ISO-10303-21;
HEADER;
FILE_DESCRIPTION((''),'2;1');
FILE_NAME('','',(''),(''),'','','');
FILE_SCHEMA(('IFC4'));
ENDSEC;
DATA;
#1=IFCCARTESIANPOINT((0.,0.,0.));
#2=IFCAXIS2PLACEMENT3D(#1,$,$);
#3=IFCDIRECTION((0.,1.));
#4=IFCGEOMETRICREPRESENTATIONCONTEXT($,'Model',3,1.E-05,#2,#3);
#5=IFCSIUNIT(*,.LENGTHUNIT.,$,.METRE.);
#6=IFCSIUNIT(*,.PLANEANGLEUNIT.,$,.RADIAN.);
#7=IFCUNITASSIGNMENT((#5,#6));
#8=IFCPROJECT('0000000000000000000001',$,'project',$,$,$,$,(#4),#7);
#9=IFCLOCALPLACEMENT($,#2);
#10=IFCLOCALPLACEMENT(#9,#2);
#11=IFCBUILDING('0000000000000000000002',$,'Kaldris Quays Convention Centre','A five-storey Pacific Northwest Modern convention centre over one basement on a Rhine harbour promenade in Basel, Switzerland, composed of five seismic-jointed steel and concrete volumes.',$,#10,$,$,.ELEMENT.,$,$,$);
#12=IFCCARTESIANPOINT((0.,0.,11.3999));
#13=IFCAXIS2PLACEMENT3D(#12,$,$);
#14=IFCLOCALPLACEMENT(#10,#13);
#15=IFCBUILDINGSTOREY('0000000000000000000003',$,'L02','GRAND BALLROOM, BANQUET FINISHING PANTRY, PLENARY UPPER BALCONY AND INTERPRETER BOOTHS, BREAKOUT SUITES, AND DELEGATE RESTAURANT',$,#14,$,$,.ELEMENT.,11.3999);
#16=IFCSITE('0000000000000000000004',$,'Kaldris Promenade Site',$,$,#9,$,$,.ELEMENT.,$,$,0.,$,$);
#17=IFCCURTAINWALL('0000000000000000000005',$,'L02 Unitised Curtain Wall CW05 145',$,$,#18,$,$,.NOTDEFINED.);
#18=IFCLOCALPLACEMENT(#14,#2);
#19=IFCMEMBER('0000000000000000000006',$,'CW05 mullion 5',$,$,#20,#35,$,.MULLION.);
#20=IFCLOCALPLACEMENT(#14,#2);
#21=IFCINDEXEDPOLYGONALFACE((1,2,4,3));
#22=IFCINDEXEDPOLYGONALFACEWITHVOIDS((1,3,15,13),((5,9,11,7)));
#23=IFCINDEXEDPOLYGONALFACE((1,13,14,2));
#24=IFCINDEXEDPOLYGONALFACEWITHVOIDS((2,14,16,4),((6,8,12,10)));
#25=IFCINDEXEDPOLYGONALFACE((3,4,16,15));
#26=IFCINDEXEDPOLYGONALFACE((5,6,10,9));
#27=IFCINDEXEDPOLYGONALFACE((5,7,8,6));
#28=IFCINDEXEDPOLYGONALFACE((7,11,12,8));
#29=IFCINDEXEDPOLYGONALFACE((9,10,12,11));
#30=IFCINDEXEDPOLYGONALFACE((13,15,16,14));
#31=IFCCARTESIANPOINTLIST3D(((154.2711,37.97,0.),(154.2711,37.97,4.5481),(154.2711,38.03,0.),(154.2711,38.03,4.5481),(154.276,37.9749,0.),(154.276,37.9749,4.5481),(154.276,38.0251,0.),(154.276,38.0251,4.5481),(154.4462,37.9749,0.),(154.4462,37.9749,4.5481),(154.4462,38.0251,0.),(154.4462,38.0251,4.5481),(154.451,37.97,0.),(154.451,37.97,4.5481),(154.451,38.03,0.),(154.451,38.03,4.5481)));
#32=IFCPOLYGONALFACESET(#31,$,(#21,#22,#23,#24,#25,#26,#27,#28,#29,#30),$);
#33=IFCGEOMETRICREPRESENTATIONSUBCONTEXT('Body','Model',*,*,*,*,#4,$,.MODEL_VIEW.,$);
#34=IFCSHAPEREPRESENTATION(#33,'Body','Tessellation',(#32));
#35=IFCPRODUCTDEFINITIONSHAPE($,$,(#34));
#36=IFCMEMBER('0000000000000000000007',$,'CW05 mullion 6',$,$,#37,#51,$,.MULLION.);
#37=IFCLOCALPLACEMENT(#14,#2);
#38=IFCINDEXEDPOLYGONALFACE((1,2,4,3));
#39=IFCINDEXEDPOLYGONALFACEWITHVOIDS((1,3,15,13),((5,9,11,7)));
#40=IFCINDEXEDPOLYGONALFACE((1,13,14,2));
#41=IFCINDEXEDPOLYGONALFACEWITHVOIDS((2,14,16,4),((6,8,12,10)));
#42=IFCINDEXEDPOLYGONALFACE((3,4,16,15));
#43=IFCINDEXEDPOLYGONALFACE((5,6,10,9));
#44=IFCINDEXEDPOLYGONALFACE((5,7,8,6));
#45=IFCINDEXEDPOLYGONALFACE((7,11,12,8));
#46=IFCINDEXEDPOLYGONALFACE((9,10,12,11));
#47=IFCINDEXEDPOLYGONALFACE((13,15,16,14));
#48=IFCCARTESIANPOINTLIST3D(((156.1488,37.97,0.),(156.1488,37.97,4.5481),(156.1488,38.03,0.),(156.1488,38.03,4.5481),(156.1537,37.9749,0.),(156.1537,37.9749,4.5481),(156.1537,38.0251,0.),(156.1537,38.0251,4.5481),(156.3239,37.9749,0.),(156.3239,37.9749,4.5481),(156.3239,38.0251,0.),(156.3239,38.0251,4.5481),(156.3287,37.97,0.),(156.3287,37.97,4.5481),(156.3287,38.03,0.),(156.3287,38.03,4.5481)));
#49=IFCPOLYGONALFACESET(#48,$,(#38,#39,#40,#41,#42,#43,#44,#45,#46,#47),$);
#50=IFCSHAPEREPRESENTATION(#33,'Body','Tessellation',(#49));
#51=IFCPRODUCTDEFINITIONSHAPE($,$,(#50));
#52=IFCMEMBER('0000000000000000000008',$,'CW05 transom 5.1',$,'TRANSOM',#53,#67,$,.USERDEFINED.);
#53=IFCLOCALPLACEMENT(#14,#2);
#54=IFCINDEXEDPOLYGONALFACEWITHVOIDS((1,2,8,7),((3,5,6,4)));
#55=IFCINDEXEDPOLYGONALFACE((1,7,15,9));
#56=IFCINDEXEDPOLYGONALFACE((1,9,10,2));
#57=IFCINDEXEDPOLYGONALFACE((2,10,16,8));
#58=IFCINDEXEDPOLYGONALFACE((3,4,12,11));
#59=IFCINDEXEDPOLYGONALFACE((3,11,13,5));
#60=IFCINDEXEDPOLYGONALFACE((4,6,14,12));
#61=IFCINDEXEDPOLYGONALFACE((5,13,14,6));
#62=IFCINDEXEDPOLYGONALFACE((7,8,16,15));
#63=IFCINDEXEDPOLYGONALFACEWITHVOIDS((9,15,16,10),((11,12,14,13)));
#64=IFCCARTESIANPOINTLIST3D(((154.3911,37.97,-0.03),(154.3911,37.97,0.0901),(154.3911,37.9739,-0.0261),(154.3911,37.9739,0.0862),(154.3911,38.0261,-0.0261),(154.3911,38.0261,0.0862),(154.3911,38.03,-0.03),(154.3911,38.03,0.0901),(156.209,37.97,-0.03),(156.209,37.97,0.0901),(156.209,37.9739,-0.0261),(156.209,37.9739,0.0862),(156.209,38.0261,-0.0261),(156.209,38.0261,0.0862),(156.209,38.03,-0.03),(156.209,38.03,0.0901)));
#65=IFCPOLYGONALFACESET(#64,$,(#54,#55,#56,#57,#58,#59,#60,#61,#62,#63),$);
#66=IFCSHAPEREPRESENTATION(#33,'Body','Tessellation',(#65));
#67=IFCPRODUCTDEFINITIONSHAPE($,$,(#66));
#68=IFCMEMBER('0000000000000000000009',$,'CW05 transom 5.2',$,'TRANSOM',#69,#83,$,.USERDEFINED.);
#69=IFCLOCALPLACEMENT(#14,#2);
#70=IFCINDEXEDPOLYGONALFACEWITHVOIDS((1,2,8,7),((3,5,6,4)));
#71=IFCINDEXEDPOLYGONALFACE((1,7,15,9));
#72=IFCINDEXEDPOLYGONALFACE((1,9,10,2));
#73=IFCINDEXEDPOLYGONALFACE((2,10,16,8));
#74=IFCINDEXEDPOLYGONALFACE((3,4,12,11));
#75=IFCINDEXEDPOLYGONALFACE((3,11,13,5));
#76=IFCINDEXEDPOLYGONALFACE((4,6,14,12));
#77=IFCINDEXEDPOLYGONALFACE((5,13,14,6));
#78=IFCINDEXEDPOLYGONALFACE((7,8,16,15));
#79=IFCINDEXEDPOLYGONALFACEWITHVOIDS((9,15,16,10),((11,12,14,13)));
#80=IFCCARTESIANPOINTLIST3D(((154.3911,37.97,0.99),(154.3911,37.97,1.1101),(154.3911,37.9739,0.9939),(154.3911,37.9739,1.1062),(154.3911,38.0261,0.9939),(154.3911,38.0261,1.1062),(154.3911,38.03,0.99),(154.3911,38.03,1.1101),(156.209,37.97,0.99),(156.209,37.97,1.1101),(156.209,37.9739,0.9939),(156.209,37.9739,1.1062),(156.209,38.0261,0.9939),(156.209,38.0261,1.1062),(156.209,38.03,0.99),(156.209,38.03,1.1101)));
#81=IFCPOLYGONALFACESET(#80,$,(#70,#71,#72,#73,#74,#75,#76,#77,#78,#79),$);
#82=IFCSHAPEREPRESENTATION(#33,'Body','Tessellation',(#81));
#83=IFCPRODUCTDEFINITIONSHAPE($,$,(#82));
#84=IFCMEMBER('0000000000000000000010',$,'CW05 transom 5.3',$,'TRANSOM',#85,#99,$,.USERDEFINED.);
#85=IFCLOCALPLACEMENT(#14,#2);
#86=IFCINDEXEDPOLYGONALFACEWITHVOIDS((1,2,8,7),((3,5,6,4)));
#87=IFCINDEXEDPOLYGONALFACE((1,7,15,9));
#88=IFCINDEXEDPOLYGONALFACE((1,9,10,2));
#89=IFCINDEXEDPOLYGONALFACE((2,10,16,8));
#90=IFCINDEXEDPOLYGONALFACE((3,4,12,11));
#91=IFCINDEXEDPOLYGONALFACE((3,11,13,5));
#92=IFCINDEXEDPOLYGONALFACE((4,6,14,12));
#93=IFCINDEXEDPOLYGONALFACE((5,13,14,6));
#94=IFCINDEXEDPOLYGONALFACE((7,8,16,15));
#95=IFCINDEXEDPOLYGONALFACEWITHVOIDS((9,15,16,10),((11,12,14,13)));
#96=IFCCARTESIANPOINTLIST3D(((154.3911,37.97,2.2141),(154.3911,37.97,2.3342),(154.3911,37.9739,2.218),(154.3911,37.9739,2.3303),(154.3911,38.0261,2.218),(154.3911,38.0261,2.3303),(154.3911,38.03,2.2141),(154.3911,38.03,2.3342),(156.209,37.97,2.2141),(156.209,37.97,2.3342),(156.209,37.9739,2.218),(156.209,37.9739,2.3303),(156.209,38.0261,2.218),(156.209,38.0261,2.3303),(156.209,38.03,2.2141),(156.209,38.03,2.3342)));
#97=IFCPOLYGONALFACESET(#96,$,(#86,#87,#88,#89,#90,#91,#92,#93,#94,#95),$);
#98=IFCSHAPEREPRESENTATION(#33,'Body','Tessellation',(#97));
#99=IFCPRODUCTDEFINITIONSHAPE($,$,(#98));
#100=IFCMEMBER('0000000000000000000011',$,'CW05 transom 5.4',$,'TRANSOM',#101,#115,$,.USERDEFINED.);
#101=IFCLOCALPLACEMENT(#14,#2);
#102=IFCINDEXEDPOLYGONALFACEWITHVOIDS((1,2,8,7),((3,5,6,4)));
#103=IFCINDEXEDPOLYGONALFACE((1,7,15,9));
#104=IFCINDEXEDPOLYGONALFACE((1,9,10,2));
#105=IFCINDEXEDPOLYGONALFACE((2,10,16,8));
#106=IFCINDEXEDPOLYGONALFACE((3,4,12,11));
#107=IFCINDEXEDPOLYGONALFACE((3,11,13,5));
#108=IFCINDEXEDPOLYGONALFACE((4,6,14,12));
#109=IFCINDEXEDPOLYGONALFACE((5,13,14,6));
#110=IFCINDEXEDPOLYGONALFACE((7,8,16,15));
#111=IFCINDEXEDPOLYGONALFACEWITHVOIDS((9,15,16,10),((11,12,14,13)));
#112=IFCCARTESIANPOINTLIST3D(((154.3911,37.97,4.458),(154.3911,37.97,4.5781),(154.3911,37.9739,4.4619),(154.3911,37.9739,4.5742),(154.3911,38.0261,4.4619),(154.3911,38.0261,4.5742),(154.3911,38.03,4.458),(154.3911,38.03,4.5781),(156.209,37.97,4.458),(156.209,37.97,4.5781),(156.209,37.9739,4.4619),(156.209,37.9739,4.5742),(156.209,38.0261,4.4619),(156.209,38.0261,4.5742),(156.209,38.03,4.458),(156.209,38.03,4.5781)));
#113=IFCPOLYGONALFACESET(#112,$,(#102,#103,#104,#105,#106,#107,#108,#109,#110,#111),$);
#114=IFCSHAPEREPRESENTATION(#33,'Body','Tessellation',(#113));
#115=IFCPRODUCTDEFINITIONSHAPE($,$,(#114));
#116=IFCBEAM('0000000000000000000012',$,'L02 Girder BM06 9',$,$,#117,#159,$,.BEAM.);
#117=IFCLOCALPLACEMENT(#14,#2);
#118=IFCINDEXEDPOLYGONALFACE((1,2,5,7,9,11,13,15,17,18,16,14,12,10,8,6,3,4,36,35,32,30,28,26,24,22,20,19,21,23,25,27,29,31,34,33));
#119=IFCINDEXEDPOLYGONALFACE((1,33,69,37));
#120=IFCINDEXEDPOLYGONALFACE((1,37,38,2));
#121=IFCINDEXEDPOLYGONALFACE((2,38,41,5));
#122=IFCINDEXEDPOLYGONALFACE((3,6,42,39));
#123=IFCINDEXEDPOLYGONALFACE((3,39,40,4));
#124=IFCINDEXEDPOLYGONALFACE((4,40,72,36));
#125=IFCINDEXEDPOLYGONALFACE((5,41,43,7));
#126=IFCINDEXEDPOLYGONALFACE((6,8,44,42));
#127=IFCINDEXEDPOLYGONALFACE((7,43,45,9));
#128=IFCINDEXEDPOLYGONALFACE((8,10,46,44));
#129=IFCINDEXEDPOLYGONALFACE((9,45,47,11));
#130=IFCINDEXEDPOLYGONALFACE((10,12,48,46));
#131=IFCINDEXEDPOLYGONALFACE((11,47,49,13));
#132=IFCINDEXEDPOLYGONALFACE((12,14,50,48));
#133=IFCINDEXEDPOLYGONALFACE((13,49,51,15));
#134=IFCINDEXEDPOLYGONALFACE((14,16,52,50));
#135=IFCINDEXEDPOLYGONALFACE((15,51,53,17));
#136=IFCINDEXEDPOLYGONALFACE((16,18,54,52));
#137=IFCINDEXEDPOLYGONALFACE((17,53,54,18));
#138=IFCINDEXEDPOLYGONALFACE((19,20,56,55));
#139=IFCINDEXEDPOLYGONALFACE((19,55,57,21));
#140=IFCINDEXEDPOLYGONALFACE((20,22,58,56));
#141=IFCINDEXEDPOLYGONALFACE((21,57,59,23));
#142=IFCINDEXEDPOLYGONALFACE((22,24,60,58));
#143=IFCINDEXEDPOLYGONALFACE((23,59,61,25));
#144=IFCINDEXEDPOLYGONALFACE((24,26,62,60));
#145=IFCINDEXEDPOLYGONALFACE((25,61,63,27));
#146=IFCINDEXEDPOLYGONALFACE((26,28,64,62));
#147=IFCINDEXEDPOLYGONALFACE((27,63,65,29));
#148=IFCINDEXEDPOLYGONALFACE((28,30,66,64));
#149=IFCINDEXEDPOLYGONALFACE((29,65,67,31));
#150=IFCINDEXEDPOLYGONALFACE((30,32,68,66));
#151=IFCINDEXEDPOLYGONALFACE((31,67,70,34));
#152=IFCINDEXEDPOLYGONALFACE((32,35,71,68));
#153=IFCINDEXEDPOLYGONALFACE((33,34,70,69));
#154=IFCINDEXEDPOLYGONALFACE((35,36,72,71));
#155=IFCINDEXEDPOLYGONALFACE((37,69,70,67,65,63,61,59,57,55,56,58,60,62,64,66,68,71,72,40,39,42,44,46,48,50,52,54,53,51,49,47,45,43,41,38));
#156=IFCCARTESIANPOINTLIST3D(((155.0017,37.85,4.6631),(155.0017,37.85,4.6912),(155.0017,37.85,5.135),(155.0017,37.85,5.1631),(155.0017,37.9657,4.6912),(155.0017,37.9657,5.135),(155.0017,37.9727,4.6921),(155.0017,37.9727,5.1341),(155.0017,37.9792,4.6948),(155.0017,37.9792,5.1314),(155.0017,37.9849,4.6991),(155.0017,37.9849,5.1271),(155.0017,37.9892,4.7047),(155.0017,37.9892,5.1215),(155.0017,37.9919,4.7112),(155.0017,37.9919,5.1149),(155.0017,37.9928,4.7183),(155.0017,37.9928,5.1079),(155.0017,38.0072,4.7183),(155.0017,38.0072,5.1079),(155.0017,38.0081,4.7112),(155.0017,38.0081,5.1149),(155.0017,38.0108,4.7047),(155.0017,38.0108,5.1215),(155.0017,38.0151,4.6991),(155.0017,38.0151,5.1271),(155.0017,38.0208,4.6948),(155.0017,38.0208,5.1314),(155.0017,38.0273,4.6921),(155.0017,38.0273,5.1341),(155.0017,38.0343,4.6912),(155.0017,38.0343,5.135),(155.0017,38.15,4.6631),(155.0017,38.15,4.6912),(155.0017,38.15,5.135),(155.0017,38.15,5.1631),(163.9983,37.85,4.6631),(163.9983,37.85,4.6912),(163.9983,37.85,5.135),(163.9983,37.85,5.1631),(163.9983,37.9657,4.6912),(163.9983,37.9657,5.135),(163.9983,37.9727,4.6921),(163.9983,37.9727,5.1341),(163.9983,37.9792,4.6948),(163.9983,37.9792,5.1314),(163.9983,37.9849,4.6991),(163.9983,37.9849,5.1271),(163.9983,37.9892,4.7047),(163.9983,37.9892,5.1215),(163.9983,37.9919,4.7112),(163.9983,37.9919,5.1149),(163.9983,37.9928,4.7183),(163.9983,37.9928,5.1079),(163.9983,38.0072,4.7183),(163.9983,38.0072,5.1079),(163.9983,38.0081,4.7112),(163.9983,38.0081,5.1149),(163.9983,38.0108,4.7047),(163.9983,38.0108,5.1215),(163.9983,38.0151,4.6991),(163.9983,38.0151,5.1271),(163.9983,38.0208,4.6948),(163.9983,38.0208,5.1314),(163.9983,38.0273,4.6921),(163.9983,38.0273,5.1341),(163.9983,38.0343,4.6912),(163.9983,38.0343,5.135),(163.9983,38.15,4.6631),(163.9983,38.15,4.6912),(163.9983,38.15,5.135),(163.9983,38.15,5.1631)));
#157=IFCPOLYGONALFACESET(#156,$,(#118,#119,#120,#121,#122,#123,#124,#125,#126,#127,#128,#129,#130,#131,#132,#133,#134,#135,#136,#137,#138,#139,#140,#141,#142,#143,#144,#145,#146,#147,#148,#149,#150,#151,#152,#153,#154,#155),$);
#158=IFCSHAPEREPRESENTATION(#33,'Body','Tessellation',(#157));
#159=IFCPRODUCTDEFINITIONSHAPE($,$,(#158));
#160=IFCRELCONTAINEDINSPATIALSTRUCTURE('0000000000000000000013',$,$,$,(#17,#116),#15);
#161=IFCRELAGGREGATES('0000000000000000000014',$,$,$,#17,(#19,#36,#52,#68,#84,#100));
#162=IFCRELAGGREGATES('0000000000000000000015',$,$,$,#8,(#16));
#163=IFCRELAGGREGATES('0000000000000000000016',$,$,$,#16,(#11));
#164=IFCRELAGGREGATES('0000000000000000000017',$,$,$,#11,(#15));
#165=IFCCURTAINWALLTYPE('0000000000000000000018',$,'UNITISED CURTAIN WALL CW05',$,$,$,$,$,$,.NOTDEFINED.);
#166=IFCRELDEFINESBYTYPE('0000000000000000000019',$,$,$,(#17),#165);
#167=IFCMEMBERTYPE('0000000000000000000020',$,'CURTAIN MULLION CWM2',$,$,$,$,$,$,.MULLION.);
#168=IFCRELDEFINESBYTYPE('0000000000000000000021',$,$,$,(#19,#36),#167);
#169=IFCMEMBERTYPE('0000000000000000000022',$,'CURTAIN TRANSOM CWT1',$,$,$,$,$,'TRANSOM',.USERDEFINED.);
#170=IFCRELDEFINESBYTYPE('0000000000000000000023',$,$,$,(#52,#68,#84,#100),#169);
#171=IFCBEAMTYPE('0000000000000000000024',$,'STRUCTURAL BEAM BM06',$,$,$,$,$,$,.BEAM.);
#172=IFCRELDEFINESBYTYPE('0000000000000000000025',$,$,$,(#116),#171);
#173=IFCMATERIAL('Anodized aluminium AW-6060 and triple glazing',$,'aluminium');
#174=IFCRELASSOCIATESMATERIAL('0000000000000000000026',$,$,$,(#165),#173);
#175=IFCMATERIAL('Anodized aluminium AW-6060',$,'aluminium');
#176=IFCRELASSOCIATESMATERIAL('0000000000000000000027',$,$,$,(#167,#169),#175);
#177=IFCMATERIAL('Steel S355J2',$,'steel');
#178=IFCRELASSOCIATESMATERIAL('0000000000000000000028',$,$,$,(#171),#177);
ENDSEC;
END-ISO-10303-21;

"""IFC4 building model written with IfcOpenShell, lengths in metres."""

from ifc_helpers import new_model, si_unit, direction, frame, origin, origin_2d, place, context, subcontext, project, spatial, hollow_rectangle, i_section, extrude, material, material_profile, profile_set, type_object, element, aggregate, save


model = new_model("IFC4")

# Units and contexts
model_context = context("Model", 3, precision=1e-05, world=origin(), true_north=direction((0.0, 1.0)))
body_context = subcontext(model_context, "Body", "Model", "MODEL_VIEW")
ifc_project = project(units=[si_unit("LENGTHUNIT", "METRE"), si_unit("PLANEANGLEUNIT", "RADIAN")], contexts=[model_context])

# Site, building, storey
site_placement = place(None, origin())
site = spatial("IfcSite", under=ifc_project, at=site_placement, Name="Kaldris Promenade Site", CompositionType="ELEMENT", RefElevation=0.0)
building_placement = place(site_placement, origin())
building = spatial("IfcBuilding", under=site, at=building_placement, Name="Kaldris Quays Convention Centre", Description="A five-storey Pacific Northwest Modern convention centre over one basement on a Rhine harbour promenade in Basel, Switzerland, composed of five seismic-jointed steel and concrete volumes.", CompositionType="ELEMENT")
storey_placement = place(building_placement, frame((0.0, 0.0, 11.3999)))
storey = spatial("IfcBuildingStorey", under=building, at=storey_placement, Name="L02", Description="GRAND BALLROOM, BANQUET FINISHING PANTRY, PLENARY UPPER BALCONY AND INTERPRETER BOOTHS, BREAKOUT SUITES, AND DELEGATE RESTAURANT", CompositionType="ELEMENT", Elevation=11.3999)

# Shared definitions
ifc_material_1 = material(Name="Steel S355J2", Category="steel")

# Curtain wall, members
ifc_material_2 = material(Name="Anodized aluminium AW-6060 and triple glazing", Category="aluminium")
curtain_wall_type = type_object("IfcCurtainWallType", Name="UNITISED CURTAIN WALL CW05", PredefinedType="NOTDEFINED", material=ifc_material_2)
curtain_wall_placement = place(storey_placement, origin())
curtain_wall = element("IfcCurtainWall", 1, at=curtain_wall_placement, inside=storey, type_object=curtain_wall_type, Name="L02 Unitised Curtain Wall CW05 145", PredefinedType="NOTDEFINED")
ifc_material_3 = material(Name="Anodized aluminium AW-6060", Category="aluminium")
ifc_material_profile_1 = material_profile(ifc_material_3, hollow_rectangle(XDim=0.0601, YDim=0.1799, WallThickness=0.0049, at=origin_2d()), Name="RHS 180x60x5")
ifc_profile_set_1 = profile_set([ifc_material_profile_1], Name="Anodized aluminium AW-6060")
member_type_1 = type_object("IfcMemberType", Name="CURTAIN MULLION CWM2", PredefinedType="MULLION", material=ifc_profile_set_1)
member_1_placement = place(storey_placement, frame((154.3611, 38.0, 0.0), z_axis=(0.0, 0.0, 1.0), x_axis=(0.0, 1.0, 0.0)))
member_1 = element("IfcMember", 2, at=member_1_placement, type_object=member_type_1, Name="CW05 mullion 5", PredefinedType="MULLION", context=body_context, shape_type="SweptSolid", body=[
    extrude(hollow_rectangle(XDim=0.0601, YDim=0.1799, WallThickness=0.0049, at=origin_2d()), origin(), (0.0, 0.0, 1.0), 4.5481),
])
member_2_placement = place(storey_placement, frame((156.2388, 38.0, 0.0), z_axis=(0.0, 0.0, 1.0), x_axis=(0.0, 1.0, 0.0)))
member_2 = element("IfcMember", 3, at=member_2_placement, type_object=member_type_1, Name="CW05 mullion 6", PredefinedType="MULLION", context=body_context, shape_type="SweptSolid", body=[
    extrude(hollow_rectangle(XDim=0.0601, YDim=0.1799, WallThickness=0.0049, at=origin_2d()), origin(), (0.0, 0.0, 1.0), 4.5481),
])
ifc_material_profile_2 = material_profile(ifc_material_3, hollow_rectangle(XDim=0.0601, YDim=0.1201, WallThickness=0.0039, at=origin_2d()), Name="RHS 120x60x4")
ifc_profile_set_2 = profile_set([ifc_material_profile_2], Name="Anodized aluminium AW-6060")
member_type_2 = type_object("IfcMemberType", Name="CURTAIN TRANSOM CWT1", ElementType="TRANSOM", PredefinedType="USERDEFINED", material=ifc_profile_set_2)
member_3_placement = place(storey_placement, frame((154.3911, 38.0, 0.03), z_axis=(1.0, 0.0, 0.0), x_axis=(0.0, 1.0, 0.0)))
member_3 = element("IfcMember", 4, at=member_3_placement, type_object=member_type_2, Name="CW05 transom 5.1", ObjectType="TRANSOM", PredefinedType="USERDEFINED", context=body_context, shape_type="SweptSolid", body=[
    extrude(hollow_rectangle(XDim=0.0601, YDim=0.1201, WallThickness=0.0039, at=origin_2d()), origin(), (0.0, 0.0, 1.0), 1.8179),
])
member_4_placement = place(storey_placement, frame((154.3911, 38.0, 1.05), z_axis=(1.0, 0.0, 0.0), x_axis=(0.0, 1.0, 0.0)))
member_4 = element("IfcMember", 5, at=member_4_placement, type_object=member_type_2, Name="CW05 transom 5.2", ObjectType="TRANSOM", PredefinedType="USERDEFINED", context=body_context, shape_type="SweptSolid", body=[
    extrude(hollow_rectangle(XDim=0.0601, YDim=0.1201, WallThickness=0.0039, at=origin_2d()), origin(), (0.0, 0.0, 1.0), 1.8179),
])
member_5_placement = place(storey_placement, frame((154.3911, 38.0, 2.2742), z_axis=(1.0, 0.0, 0.0), x_axis=(0.0, 1.0, 0.0)))
member_5 = element("IfcMember", 6, at=member_5_placement, type_object=member_type_2, Name="CW05 transom 5.3", ObjectType="TRANSOM", PredefinedType="USERDEFINED", context=body_context, shape_type="SweptSolid", body=[
    extrude(hollow_rectangle(XDim=0.0601, YDim=0.1201, WallThickness=0.0039, at=origin_2d()), origin(), (0.0, 0.0, 1.0), 1.8179),
])
member_6_placement = place(storey_placement, frame((154.3911, 38.0, 4.5181), z_axis=(1.0, 0.0, 0.0), x_axis=(0.0, 1.0, 0.0)))
member_6 = element("IfcMember", 7, at=member_6_placement, type_object=member_type_2, Name="CW05 transom 5.4", ObjectType="TRANSOM", PredefinedType="USERDEFINED", context=body_context, shape_type="SweptSolid", body=[
    extrude(hollow_rectangle(XDim=0.0601, YDim=0.1201, WallThickness=0.0039, at=origin_2d()), origin(), (0.0, 0.0, 1.0), 1.8179),
])

# Beam
ifc_material_profile_3 = material_profile(ifc_material_1, i_section(OverallWidth=0.3, OverallDepth=0.5, WebThickness=0.0144, FlangeThickness=0.0281, FilletRadius=0.0271, at=origin_2d()), Name="HEB 500")
ifc_profile_set_3 = profile_set([ifc_material_profile_3], Name="Steel S355J2")
beam_type_1 = type_object("IfcBeamType", Name="STRUCTURAL BEAM BM06", PredefinedType="BEAM", material=ifc_profile_set_3)
beam_1_placement = place(storey_placement, frame((155.0017, 38.0, 4.9131), z_axis=(1.0, 0.0, 0.0), x_axis=(0.0, 1.0, 0.0)))
element("IfcBeam", 8, at=beam_1_placement, inside=storey, type_object=beam_type_1, Name="L02 Girder BM06 9", PredefinedType="BEAM", context=body_context, shape_type="SweptSolid", body=[
    extrude(i_section(OverallWidth=0.3, OverallDepth=0.5, WebThickness=0.0144, FlangeThickness=0.0281, FilletRadius=0.0271, at=origin_2d()), origin(), (0.0, 0.0, 1.0), 8.9966),
])

aggregate(curtain_wall, [member_1, member_2, member_3, member_4, member_5, member_6])

save(model, "model.ifc")
